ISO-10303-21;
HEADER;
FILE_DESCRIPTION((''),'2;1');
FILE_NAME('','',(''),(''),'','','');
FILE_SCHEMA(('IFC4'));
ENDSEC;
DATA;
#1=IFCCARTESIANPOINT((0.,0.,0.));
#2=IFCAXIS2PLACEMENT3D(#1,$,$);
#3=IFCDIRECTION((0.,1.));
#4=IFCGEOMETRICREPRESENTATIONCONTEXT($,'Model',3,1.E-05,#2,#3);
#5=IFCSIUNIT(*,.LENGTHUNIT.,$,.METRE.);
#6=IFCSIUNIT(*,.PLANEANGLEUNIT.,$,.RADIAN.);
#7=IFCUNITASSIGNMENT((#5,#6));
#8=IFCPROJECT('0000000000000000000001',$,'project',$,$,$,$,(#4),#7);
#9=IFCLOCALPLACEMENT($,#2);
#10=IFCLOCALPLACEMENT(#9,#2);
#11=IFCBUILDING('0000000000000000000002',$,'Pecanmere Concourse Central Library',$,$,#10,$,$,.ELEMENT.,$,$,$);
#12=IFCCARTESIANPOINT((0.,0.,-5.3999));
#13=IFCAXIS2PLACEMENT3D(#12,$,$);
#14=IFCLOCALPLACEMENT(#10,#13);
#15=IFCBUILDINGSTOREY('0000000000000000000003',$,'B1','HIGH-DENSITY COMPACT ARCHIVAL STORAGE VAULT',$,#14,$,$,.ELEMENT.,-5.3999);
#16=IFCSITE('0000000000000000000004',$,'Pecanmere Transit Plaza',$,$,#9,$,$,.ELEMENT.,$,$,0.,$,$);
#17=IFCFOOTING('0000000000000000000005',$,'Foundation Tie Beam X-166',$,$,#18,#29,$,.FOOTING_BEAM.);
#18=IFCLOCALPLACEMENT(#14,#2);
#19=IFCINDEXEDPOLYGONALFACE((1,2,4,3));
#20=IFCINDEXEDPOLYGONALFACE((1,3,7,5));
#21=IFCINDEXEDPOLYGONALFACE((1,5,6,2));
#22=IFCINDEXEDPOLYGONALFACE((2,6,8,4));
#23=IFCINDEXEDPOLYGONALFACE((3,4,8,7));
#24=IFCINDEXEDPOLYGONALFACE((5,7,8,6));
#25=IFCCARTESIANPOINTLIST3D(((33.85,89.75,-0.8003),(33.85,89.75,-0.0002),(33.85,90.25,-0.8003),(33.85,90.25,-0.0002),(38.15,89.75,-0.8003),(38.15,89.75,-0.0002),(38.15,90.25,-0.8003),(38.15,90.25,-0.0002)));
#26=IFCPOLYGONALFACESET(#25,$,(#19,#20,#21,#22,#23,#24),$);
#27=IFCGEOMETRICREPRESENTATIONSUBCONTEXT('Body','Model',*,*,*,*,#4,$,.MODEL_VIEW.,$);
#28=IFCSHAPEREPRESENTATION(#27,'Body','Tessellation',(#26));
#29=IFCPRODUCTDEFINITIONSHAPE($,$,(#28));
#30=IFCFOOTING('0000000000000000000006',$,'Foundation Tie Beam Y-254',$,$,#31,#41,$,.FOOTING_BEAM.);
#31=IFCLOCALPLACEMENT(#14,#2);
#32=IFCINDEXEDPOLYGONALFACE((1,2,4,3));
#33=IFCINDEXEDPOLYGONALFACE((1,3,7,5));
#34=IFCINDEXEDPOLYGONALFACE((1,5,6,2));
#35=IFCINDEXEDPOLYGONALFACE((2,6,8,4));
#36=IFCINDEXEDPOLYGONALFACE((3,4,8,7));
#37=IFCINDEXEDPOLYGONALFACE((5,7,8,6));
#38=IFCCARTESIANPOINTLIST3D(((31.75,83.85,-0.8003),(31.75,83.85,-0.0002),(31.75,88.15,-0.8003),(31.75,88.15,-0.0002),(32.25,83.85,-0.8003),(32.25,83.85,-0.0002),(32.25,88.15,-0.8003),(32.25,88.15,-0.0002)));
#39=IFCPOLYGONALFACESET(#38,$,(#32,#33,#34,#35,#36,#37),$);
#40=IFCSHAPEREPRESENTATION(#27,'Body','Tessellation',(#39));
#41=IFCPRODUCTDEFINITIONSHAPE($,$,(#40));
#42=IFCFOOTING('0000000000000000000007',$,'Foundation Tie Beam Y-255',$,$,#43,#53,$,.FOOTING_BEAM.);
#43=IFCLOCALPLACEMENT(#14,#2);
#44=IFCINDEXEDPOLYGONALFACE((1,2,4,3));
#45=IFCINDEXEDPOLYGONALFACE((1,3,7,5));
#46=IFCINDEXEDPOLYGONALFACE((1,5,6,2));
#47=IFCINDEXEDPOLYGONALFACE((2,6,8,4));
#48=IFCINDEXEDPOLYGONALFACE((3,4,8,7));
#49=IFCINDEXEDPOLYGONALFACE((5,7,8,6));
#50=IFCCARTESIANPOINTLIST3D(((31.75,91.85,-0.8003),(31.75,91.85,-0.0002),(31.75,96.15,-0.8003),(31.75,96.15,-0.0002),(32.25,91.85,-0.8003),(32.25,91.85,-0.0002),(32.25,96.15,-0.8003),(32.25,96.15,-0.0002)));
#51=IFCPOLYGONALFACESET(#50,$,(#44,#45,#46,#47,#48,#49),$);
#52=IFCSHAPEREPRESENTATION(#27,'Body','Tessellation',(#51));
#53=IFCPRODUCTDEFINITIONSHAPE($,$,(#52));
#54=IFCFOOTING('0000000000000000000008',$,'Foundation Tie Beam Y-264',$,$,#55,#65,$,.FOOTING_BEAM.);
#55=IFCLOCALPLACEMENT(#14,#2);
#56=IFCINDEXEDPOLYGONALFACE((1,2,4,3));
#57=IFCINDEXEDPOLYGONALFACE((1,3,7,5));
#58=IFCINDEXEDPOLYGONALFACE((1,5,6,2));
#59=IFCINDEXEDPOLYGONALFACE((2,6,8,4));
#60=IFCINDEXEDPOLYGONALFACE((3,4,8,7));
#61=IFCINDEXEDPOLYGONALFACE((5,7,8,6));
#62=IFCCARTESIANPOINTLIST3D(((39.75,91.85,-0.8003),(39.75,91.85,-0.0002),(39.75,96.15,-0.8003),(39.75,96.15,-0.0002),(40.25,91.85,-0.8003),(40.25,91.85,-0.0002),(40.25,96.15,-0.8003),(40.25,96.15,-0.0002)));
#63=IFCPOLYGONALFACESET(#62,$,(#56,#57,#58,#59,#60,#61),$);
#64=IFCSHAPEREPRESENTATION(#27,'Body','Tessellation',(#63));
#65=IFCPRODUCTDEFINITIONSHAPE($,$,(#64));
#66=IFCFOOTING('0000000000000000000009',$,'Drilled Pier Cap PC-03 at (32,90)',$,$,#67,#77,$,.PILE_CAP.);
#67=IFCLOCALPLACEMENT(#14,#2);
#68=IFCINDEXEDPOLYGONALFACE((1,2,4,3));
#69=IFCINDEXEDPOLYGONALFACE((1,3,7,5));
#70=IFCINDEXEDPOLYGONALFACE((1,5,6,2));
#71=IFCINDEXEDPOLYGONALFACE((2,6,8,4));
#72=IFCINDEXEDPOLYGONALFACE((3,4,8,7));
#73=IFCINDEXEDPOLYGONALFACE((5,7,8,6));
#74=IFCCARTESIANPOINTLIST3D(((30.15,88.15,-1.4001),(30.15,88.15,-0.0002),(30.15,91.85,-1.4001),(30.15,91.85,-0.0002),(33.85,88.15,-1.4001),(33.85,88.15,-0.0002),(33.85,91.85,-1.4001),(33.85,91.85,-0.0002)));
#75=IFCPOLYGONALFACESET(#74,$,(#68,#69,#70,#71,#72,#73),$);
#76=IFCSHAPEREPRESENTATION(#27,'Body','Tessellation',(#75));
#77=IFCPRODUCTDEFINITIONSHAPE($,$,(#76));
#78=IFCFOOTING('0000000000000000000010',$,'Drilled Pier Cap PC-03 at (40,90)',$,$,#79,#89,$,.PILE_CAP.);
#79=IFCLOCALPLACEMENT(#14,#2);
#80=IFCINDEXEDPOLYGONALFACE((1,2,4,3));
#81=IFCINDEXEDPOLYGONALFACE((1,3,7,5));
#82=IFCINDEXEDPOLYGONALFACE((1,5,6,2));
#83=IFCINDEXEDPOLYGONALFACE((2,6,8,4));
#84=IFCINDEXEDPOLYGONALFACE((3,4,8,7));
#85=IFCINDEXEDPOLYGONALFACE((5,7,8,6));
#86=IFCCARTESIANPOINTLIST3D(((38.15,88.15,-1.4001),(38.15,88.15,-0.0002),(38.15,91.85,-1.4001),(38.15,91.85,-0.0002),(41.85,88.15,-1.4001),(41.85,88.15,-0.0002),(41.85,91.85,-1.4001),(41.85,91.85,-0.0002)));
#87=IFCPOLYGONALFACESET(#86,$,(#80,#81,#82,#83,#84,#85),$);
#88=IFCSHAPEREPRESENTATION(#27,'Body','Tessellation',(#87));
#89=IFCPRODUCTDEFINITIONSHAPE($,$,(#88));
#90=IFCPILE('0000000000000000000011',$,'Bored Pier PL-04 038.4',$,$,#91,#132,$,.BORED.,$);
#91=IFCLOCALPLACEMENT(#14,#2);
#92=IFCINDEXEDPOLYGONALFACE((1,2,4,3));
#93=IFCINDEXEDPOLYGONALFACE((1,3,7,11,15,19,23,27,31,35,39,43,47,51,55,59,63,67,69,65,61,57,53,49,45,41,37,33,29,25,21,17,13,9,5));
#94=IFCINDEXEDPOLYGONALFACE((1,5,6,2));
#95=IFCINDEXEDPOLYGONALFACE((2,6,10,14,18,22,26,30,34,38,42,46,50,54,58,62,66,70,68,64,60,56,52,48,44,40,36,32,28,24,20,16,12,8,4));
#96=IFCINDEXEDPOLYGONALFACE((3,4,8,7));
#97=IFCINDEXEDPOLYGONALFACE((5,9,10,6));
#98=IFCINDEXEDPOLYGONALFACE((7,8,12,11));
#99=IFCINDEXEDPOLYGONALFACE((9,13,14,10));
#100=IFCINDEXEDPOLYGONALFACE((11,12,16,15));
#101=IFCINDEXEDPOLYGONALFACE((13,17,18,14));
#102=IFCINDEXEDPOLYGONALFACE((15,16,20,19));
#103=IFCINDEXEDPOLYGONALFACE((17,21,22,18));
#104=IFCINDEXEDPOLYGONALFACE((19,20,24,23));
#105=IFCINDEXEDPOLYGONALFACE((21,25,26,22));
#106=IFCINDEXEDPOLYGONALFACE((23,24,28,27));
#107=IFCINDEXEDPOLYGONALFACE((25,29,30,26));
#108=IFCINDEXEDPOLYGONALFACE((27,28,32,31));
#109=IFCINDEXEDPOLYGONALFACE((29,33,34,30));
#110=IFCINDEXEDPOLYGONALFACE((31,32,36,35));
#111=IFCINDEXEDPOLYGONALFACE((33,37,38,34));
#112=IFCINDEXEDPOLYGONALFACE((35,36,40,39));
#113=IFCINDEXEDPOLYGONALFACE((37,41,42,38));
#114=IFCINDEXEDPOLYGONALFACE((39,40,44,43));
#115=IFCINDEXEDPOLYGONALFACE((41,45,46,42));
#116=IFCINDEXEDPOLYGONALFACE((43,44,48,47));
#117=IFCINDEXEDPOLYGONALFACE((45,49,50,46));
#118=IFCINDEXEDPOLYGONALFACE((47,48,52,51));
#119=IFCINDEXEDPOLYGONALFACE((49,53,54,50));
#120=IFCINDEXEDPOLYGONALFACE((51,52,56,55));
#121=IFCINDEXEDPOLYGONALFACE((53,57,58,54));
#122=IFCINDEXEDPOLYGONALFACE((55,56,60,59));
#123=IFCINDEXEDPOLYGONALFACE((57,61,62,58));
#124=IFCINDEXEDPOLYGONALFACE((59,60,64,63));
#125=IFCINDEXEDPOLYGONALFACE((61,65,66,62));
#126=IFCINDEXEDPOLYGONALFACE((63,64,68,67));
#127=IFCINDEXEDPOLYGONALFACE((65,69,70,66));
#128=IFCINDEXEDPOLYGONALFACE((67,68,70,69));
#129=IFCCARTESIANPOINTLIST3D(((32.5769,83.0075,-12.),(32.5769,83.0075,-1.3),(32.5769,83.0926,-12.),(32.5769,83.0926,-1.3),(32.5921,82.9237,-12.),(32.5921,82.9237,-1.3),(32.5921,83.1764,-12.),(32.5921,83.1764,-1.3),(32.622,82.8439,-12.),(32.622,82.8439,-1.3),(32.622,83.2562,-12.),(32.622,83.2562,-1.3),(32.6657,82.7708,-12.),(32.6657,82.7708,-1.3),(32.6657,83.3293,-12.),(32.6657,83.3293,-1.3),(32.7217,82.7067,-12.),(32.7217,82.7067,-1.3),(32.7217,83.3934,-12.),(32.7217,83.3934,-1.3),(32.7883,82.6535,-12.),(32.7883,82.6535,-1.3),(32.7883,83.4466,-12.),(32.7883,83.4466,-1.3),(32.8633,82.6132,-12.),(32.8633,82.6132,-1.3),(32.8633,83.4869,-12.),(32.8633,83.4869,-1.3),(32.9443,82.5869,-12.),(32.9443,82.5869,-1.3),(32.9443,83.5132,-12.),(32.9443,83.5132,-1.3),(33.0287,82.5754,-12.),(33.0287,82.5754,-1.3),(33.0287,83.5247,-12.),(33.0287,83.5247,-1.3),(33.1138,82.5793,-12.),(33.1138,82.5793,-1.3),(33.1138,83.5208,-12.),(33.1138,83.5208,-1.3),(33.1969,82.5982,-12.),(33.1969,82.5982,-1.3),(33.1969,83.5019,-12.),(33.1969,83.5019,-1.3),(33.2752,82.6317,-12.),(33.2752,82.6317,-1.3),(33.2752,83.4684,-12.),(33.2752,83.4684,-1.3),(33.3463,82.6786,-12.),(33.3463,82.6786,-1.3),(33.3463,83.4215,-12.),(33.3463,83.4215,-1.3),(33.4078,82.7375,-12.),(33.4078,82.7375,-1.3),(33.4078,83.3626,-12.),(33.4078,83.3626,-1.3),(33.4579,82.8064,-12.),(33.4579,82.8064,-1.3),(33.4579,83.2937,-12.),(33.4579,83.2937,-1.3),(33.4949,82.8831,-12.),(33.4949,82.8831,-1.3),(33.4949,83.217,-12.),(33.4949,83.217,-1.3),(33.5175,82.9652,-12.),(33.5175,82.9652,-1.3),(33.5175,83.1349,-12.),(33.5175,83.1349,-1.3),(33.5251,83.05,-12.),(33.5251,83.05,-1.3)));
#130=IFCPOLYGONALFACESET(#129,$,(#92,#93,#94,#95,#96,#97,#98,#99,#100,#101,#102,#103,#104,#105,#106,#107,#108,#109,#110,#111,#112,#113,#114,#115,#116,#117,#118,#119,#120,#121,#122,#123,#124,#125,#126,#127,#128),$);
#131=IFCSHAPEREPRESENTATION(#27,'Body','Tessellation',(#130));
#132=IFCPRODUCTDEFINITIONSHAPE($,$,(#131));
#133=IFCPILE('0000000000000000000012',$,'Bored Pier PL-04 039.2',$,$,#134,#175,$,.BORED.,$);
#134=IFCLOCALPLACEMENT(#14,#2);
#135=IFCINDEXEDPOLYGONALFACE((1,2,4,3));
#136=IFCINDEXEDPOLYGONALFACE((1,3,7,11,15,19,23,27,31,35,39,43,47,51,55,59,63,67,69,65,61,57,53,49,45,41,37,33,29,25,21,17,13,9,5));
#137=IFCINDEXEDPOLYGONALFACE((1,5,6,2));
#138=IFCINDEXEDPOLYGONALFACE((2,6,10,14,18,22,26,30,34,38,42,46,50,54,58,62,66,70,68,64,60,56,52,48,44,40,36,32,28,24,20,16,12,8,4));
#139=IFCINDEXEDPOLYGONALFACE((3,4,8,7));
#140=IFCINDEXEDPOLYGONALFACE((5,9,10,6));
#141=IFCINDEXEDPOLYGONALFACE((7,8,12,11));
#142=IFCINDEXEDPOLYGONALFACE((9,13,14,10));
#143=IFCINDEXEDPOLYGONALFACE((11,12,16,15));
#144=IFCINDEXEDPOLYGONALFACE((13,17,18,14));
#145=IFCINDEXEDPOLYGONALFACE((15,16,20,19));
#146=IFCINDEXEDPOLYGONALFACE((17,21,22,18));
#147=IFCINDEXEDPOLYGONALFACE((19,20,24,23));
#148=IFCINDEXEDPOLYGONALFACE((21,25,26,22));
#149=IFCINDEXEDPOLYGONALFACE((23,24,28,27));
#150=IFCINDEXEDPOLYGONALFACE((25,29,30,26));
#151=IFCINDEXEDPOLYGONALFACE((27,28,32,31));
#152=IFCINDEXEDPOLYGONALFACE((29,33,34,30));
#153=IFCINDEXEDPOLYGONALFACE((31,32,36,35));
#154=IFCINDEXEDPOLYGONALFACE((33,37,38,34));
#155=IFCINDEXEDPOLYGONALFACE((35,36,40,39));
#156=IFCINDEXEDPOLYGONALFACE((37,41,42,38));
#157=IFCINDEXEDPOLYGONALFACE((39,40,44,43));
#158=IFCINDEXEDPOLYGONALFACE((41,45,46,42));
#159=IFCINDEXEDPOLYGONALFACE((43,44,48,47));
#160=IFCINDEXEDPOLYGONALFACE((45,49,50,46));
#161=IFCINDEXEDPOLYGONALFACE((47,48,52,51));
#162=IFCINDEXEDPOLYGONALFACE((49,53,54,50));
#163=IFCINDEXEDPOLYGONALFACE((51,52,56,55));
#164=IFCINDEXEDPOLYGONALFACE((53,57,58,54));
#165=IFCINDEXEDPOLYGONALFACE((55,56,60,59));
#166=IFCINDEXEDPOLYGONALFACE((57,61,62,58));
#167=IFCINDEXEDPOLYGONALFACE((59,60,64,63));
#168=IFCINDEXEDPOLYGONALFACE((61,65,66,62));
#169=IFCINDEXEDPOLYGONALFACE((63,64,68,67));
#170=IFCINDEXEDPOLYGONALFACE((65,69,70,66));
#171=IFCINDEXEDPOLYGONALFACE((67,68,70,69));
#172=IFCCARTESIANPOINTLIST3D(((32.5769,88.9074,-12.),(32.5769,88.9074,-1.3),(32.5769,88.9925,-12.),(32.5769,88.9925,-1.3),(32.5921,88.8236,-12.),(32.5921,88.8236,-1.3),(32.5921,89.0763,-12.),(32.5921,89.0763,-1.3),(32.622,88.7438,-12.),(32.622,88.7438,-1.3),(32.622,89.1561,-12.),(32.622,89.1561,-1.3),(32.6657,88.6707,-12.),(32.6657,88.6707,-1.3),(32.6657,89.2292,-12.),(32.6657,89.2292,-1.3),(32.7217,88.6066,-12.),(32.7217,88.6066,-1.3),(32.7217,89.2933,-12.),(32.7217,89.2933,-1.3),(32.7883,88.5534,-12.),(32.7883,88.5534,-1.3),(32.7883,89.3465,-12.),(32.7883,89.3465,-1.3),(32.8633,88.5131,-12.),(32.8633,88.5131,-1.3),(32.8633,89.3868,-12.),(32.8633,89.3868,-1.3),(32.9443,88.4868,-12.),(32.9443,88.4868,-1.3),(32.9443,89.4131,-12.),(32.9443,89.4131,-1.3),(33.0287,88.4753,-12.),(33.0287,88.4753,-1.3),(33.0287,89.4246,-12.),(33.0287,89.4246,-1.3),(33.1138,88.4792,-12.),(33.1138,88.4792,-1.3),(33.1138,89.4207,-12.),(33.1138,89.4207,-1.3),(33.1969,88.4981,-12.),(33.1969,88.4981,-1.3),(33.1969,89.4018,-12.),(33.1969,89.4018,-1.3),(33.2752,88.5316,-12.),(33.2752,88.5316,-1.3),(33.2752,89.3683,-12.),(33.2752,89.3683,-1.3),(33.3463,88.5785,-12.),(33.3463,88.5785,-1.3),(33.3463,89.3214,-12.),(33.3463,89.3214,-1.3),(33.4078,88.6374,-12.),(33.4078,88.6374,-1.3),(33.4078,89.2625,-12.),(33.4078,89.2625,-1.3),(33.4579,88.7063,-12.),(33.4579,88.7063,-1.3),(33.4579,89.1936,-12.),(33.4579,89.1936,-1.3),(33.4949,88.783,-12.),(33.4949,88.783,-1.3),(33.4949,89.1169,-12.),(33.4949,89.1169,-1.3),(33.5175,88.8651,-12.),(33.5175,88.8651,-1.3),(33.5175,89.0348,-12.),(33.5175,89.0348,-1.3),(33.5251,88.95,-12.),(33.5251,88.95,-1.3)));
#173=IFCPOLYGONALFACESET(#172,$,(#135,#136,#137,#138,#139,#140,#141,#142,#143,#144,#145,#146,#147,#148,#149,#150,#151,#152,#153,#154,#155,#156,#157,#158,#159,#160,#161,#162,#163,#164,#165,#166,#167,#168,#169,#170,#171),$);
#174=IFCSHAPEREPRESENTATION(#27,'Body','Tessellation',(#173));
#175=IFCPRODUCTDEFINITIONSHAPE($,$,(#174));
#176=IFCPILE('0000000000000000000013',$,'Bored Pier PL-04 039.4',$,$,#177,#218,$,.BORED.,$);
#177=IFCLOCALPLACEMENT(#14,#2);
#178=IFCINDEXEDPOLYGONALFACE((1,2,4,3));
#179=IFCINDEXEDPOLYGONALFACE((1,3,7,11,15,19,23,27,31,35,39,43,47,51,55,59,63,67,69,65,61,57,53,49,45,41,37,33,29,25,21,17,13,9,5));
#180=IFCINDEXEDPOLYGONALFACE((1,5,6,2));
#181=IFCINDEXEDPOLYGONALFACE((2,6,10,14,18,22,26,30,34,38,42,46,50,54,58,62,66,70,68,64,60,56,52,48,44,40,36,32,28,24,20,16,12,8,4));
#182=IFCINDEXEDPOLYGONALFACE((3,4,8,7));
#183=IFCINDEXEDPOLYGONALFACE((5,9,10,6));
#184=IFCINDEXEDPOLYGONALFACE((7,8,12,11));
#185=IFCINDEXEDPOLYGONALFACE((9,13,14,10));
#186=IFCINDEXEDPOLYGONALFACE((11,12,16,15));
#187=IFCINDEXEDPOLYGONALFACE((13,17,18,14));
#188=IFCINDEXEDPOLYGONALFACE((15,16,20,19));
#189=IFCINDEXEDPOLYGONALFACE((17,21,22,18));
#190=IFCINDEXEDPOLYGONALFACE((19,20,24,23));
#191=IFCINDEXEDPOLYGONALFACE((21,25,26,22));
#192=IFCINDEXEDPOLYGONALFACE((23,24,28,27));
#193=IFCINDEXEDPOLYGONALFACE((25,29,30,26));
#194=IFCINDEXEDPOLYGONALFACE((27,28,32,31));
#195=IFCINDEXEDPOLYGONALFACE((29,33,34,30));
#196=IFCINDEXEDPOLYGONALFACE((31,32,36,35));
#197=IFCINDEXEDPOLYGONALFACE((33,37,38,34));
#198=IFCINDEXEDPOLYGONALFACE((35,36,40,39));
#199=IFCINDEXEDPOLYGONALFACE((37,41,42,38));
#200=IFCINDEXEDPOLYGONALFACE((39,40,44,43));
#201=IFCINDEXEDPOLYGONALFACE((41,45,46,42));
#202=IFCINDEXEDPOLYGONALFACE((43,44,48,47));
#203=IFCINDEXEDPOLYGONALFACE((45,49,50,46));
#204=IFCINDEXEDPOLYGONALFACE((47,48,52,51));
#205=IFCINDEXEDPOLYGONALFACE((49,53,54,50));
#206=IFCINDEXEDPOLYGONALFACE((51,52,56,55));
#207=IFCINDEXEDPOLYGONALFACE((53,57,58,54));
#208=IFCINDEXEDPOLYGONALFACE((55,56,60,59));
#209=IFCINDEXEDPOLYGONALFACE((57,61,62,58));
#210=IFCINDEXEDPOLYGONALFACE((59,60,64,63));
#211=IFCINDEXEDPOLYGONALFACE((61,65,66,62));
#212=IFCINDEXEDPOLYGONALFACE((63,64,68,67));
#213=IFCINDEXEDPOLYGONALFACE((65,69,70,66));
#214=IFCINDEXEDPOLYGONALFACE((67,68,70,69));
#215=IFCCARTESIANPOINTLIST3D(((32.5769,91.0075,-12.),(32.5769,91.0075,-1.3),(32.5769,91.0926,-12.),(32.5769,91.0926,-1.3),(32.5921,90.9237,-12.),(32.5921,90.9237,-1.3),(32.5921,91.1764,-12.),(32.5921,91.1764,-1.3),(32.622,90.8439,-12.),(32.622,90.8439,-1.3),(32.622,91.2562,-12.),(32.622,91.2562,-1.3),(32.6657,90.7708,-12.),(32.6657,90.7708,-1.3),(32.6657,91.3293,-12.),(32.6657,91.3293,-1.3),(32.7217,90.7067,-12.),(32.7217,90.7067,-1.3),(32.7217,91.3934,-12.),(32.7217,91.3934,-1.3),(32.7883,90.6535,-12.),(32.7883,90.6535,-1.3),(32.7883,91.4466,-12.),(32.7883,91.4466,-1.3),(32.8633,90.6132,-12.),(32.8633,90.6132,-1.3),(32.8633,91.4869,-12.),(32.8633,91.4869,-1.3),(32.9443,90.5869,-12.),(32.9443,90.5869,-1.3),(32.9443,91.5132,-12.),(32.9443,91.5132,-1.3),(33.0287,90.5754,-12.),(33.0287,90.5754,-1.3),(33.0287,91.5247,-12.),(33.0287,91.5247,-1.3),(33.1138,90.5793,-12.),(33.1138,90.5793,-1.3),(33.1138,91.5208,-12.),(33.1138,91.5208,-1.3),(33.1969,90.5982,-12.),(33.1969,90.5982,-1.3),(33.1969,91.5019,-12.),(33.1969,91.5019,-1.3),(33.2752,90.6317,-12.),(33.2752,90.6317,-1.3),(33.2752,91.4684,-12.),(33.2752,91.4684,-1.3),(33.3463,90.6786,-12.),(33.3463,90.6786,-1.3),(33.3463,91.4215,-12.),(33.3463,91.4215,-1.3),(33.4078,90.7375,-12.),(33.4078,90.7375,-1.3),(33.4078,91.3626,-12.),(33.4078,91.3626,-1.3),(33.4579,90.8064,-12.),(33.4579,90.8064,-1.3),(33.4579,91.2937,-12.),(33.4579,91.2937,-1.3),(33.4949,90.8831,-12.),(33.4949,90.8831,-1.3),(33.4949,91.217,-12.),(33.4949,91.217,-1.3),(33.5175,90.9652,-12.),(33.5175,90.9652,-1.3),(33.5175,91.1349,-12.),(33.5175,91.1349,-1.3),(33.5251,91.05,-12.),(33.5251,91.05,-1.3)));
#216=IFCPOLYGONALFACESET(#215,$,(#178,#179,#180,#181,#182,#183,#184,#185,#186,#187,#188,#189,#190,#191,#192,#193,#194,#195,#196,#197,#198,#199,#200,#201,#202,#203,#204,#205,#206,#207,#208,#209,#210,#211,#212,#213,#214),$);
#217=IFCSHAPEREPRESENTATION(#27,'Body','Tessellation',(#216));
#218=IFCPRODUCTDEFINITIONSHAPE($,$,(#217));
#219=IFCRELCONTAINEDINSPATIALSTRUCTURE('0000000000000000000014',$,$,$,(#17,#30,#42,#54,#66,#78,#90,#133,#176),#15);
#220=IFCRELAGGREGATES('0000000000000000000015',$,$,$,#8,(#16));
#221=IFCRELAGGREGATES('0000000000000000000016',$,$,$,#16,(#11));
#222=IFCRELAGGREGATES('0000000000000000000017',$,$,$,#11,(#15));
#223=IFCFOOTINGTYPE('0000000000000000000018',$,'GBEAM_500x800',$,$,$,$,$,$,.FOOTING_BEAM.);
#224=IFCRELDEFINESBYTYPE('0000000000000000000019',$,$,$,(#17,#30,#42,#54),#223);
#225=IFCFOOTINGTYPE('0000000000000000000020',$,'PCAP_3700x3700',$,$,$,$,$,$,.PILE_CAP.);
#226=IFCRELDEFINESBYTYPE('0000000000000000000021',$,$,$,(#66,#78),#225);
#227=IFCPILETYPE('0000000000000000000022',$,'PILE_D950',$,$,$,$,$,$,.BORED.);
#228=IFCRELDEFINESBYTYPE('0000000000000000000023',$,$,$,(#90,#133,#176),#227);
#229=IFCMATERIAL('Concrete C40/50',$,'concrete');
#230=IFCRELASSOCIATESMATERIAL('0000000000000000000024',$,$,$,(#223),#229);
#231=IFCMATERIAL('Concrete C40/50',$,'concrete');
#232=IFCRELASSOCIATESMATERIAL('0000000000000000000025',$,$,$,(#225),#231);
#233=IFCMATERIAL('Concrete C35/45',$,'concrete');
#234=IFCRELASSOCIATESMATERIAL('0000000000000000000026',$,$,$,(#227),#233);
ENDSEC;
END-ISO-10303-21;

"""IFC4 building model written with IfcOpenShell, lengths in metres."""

from ifc_helpers import new_model, si_unit, direction, frame, origin, origin_2d, place, context, subcontext, project, spatial, rectangle, circle, extrude, material, material_profile, profile_set, type_object, element, save


model = new_model("IFC4")

# Units and contexts
model_context = context("Model", 3, precision=1e-05, world=origin(), true_north=direction((0.0, 1.0)))
body_context = subcontext(model_context, "Body", "Model", "MODEL_VIEW")
ifc_project = project(units=[si_unit("LENGTHUNIT", "METRE"), si_unit("PLANEANGLEUNIT", "RADIAN")], contexts=[model_context])

# Site, building, storey
site_placement = place(None, origin())
site = spatial("IfcSite", under=ifc_project, at=site_placement, Name="Pecanmere Transit Plaza", CompositionType="ELEMENT", RefElevation=0.0)
building_placement = place(site_placement, origin())
building = spatial("IfcBuilding", under=site, at=building_placement, Name="Pecanmere Concourse Central Library", CompositionType="ELEMENT")
storey_placement = place(building_placement, frame((0.0, 0.0, -5.3999)))
storey = spatial("IfcBuildingStorey", under=building, at=storey_placement, Name="B1", Description="HIGH-DENSITY COMPACT ARCHIVAL STORAGE VAULT", CompositionType="ELEMENT", Elevation=-5.3999)

# Footings
ifc_material_1 = material(Name="Concrete C40/50", Category="concrete")
ifc_material_profile_1 = material_profile(ifc_material_1, rectangle(XDim=0.5, YDim=0.8, at=origin_2d()), Name="RC 500x800")
ifc_profile_set_1 = profile_set([ifc_material_profile_1], Name="Concrete C40/50")
footing_type_1 = type_object("IfcFootingType", Name="GBEAM_500x800", PredefinedType="FOOTING_BEAM", material=ifc_profile_set_1)
for number, where, z_axis, x_axis, name in (
    (1, (36.0, 90.0, -0.8003), (0.0, 0.0, 1.0), (1.0, 0.0, 0.0), "Foundation Tie Beam X-166"),
    (2, (32.0, 86.0, -0.8003), (0.0, 0.0, 1.0), (0.0, 1.0, 0.0), "Foundation Tie Beam Y-254"),
    (3, (32.0, 94.0, -0.8003), (0.0, 0.0, 1.0), (0.0, 1.0, 0.0), "Foundation Tie Beam Y-255"),
    (4, (40.0, 94.0, -0.8003), (0.0, 0.0, 1.0), (0.0, 1.0, 0.0), "Foundation Tie Beam Y-264"),
):
    element("IfcFooting", number, at=place(storey_placement, frame(where, z_axis=z_axis, x_axis=x_axis)), inside=storey, type_object=footing_type_1, Name=name, PredefinedType="FOOTING_BEAM", context=body_context, shape_type="SweptSolid", body=[
        extrude(rectangle(XDim=4.3, YDim=0.5, at=origin_2d()), origin(), (0.0, 0.0, 1.0), 0.8),
    ])
ifc_material_2 = material(Name="Concrete C40/50", Category="concrete")
footing_type_2 = type_object("IfcFootingType", Name="PCAP_3700x3700", PredefinedType="PILE_CAP", material=ifc_material_2)
for number, where, z_axis, x_axis, name in (
    (5, (32.0, 90.0, -1.4001), (0.0, 0.0, 1.0), (1.0, 0.0, 0.0), "Drilled Pier Cap PC-03 at (32,90)"),
    (6, (40.0, 90.0, -1.4001), (0.0, 0.0, 1.0), (1.0, 0.0, 0.0), "Drilled Pier Cap PC-03 at (40,90)"),
):
    element("IfcFooting", number, at=place(storey_placement, frame(where, z_axis=z_axis, x_axis=x_axis)), inside=storey, type_object=footing_type_2, Name=name, PredefinedType="PILE_CAP", context=body_context, shape_type="SweptSolid", body=[
        extrude(rectangle(XDim=3.7, YDim=3.7, at=origin_2d()), origin(), (0.0, 0.0, 1.0), 1.3999),
    ])

# Piles
ifc_material_3 = material(Name="Concrete C35/45", Category="concrete")
ifc_material_profile_2 = material_profile(ifc_material_3, circle(Radius=0.4751, at=origin_2d()), Name="PIER D950")
ifc_profile_set_2 = profile_set([ifc_material_profile_2], Name="Concrete C35/45")
pile_type = type_object("IfcPileType", Name="PILE_D950", PredefinedType="BORED", material=ifc_profile_set_2)
for number, where, z_axis, x_axis, name in (
    (7, (33.05, 83.05, -1.3), (0.0, 0.0, -1.0), (1.0, 0.0, 0.0), "Bored Pier PL-04 038.4"),
    (8, (33.05, 88.95, -1.3), (0.0, 0.0, -1.0), (1.0, 0.0, 0.0), "Bored Pier PL-04 039.2"),
    (9, (33.05, 91.05, -1.3), (0.0, 0.0, -1.0), (1.0, 0.0, 0.0), "Bored Pier PL-04 039.4"),
):
    element("IfcPile", number, at=place(storey_placement, frame(where, z_axis=z_axis, x_axis=x_axis)), inside=storey, type_object=pile_type, Name=name, PredefinedType="BORED", context=body_context, shape_type="SweptSolid", body=[
        extrude(circle(Radius=0.4751, at=origin_2d()), origin(), (0.0, 0.0, 1.0), 10.7),
    ])

save(model, "model.ifc")
